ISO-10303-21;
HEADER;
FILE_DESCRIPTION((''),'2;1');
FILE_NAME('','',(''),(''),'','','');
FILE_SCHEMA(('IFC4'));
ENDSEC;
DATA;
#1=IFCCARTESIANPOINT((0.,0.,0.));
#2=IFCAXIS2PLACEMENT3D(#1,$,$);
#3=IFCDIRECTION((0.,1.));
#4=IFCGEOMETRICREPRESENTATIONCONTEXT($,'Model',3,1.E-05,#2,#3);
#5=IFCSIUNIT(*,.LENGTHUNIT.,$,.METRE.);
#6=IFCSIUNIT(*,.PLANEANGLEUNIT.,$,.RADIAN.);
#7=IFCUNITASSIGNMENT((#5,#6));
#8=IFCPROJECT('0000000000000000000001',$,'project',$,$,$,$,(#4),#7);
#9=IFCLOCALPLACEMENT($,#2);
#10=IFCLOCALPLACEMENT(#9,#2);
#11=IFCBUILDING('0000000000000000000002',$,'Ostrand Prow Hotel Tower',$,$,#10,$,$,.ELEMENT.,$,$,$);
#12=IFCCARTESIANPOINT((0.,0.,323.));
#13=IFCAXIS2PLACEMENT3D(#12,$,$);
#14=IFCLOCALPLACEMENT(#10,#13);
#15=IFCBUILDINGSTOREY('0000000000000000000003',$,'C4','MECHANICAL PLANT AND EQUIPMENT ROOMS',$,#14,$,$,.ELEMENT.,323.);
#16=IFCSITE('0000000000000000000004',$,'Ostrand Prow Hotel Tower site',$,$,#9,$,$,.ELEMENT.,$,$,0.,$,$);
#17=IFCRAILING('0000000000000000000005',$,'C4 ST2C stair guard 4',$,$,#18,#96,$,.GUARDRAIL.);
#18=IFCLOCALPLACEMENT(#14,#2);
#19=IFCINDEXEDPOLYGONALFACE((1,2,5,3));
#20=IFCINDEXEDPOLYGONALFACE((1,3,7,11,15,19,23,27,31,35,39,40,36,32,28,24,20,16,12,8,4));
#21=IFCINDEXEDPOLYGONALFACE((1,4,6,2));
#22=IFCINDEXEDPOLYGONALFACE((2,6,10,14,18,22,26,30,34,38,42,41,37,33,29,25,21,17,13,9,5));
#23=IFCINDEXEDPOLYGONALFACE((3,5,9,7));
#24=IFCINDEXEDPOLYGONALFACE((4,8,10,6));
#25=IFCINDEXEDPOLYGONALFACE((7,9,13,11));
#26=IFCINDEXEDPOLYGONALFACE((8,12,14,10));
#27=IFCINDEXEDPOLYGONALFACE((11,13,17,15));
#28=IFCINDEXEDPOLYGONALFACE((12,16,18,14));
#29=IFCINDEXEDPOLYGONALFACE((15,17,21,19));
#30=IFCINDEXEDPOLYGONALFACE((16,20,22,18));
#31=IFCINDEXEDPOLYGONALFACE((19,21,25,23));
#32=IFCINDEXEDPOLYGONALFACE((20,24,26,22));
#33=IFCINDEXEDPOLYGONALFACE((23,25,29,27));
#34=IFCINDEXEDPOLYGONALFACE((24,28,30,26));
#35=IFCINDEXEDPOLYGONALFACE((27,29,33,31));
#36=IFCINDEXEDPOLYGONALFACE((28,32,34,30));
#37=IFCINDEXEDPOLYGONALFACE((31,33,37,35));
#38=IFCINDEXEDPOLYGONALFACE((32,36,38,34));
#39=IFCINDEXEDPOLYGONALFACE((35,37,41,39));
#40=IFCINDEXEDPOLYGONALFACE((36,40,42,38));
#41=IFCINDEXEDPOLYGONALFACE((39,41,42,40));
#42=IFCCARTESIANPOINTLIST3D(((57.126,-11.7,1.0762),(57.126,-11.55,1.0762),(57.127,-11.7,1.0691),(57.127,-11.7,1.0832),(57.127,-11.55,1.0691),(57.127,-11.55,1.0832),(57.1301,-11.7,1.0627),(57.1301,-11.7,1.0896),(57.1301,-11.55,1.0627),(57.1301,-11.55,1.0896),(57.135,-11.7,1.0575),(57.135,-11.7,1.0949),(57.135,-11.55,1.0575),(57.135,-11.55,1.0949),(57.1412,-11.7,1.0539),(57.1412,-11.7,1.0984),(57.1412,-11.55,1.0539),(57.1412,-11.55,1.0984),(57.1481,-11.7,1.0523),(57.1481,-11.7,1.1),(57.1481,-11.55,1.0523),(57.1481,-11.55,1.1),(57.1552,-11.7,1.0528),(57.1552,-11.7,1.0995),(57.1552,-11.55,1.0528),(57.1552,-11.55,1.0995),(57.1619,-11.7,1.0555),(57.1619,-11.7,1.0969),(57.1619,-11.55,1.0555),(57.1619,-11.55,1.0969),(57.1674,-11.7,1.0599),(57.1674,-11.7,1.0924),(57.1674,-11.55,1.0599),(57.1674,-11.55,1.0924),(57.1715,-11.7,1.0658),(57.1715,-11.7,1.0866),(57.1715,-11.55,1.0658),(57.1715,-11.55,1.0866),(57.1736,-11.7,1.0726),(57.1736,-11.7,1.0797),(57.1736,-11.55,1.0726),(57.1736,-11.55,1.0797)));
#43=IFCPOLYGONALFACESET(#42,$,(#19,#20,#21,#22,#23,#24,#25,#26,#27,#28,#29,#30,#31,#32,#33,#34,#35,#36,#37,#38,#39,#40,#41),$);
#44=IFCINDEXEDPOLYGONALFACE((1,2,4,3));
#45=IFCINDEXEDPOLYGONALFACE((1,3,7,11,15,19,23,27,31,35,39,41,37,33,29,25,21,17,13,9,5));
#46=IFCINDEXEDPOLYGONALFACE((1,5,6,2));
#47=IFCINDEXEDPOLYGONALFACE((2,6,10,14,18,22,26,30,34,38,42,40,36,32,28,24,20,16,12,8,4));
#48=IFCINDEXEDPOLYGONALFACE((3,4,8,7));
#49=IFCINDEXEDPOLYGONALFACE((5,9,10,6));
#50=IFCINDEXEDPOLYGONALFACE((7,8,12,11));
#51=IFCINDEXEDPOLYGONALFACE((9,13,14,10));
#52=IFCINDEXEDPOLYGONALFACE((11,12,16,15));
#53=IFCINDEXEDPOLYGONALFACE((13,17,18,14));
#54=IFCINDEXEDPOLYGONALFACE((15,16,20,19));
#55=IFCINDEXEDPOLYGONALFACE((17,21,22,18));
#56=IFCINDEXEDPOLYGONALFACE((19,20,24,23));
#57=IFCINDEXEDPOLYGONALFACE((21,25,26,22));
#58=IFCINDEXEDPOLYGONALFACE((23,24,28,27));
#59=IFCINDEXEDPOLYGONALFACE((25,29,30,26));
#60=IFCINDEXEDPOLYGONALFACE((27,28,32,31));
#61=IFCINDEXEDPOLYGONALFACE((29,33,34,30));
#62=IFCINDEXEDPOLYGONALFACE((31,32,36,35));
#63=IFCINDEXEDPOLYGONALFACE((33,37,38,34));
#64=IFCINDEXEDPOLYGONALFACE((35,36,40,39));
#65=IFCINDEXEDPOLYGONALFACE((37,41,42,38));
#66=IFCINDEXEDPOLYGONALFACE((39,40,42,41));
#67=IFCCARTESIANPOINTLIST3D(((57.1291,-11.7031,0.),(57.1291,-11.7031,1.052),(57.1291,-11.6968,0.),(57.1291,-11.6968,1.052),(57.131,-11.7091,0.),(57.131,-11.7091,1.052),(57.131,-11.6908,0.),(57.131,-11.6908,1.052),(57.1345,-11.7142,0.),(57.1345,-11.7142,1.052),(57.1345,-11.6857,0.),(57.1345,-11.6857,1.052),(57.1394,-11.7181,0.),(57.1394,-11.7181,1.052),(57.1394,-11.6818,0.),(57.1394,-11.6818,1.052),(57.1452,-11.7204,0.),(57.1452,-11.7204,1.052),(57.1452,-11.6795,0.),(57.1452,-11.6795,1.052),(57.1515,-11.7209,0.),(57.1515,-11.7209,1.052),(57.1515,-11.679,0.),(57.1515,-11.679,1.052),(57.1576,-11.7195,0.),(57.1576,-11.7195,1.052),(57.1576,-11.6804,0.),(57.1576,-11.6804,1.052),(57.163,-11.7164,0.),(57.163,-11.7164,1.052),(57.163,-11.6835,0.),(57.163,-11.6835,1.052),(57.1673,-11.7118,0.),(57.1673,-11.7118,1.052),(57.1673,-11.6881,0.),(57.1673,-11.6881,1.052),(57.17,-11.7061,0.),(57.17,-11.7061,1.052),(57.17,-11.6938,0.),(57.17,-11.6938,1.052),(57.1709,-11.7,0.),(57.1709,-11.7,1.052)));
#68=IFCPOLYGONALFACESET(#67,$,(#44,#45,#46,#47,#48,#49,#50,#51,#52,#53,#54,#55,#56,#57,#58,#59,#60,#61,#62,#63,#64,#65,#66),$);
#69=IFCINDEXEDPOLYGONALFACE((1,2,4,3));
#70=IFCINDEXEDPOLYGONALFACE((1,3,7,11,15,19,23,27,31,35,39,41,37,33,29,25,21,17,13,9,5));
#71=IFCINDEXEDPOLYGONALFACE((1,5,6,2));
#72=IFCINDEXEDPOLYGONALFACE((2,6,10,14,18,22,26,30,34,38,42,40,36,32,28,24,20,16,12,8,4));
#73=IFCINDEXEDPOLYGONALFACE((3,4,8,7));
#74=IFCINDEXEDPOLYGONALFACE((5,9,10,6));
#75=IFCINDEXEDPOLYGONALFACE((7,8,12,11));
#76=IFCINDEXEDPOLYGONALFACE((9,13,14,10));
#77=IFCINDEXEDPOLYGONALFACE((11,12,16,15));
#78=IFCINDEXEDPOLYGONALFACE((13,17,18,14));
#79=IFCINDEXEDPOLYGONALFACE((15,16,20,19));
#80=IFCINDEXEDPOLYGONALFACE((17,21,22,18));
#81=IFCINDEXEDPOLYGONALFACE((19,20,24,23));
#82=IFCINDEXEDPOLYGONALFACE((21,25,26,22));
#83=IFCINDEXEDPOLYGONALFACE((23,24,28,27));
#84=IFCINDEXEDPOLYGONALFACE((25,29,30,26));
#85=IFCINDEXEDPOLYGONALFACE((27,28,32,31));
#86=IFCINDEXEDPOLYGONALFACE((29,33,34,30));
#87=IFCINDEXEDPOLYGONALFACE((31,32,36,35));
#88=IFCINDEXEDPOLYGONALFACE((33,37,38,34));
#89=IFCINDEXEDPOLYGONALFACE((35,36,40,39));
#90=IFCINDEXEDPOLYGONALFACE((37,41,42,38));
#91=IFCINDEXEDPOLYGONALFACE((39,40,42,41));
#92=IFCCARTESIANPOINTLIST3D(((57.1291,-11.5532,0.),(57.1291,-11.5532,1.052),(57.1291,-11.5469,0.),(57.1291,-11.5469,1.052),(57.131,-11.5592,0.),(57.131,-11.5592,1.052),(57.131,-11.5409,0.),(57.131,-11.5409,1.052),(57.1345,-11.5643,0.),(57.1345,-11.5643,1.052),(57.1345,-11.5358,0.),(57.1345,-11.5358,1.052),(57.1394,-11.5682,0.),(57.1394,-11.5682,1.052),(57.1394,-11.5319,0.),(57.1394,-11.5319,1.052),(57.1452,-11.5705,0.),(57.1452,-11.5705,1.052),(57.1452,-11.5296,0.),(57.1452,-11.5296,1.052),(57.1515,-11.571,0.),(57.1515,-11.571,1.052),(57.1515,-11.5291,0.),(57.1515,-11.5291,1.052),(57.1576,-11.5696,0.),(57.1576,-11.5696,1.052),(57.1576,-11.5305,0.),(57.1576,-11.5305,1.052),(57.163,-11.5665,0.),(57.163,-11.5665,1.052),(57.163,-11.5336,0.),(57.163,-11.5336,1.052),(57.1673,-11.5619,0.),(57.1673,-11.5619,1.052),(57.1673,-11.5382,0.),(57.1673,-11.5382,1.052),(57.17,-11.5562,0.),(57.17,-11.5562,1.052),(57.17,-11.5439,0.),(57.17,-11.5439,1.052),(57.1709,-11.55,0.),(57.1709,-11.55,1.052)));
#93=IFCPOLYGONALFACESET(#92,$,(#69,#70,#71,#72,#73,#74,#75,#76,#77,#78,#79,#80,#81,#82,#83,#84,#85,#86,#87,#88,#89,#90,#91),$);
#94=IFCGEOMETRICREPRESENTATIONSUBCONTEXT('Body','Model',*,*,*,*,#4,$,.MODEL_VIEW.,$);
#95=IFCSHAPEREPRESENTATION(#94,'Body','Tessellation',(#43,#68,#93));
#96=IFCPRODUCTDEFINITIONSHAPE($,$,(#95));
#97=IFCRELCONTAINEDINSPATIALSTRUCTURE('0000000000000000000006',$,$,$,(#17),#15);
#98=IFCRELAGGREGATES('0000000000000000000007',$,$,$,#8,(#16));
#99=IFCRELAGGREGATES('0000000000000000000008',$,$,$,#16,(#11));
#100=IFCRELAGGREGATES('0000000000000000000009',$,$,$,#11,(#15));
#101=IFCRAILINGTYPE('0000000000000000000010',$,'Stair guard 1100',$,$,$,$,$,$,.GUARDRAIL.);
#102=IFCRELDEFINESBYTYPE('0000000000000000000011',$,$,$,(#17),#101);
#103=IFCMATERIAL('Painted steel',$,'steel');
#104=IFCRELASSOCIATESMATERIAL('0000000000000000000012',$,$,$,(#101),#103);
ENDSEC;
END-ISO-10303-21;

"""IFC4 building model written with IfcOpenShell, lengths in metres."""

from ifc_helpers import new_model, si_unit, direction, frame, origin, origin_2d, place, context, subcontext, project, spatial, circle, extrude, material, type_object, element, save


model = new_model("IFC4")

# Units and contexts
model_context = context("Model", 3, precision=1e-05, world=origin(), true_north=direction((0.0, 1.0)))
body_context = subcontext(model_context, "Body", "Model", "MODEL_VIEW")
ifc_project = project(units=[si_unit("LENGTHUNIT", "METRE"), si_unit("PLANEANGLEUNIT", "RADIAN")], contexts=[model_context])

# Site, building, storey
site_placement = place(None, origin())
site = spatial("IfcSite", under=ifc_project, at=site_placement, Name="Ostrand Prow Hotel Tower site", CompositionType="ELEMENT", RefElevation=0.0)
building_placement = place(site_placement, origin())
building = spatial("IfcBuilding", under=site, at=building_placement, Name="Ostrand Prow Hotel Tower", CompositionType="ELEMENT")
storey_placement = place(building_placement, frame((0.0, 0.0, 323.0)))
storey = spatial("IfcBuildingStorey", under=building, at=storey_placement, Name="C4", Description="MECHANICAL PLANT AND EQUIPMENT ROOMS", CompositionType="ELEMENT", Elevation=323.0)

# Railing
ifc_material_1 = material(Name="Painted steel", Category="steel")
railing_type_1 = type_object("IfcRailingType", Name="Stair guard 1100", PredefinedType="GUARDRAIL", material=ifc_material_1)
railing_1_placement = place(storey_placement, frame((57.1499, -11.7, 0.0)))
element("IfcRailing", 1, at=railing_1_placement, inside=storey, type_object=railing_type_1, Name="C4 ST2C stair guard 4", PredefinedType="GUARDRAIL", context=body_context, shape_type="SweptSolid", body=[
    extrude(circle(Radius=0.0239, at=origin_2d()), frame((0.0, 0.0, 1.0762), z_axis=(0.0, 1.0, 0.0), x_axis=(-1.0, 0.0, 0.0)), (0.0, 0.0, 1.0), 0.1499),
    extrude(circle(Radius=0.021, at=origin_2d()), origin(), (0.0, 0.0, 1.0), 1.052),
    extrude(circle(Radius=0.021, at=origin_2d()), frame((0.0, 0.1499, 0.0)), (0.0, 0.0, 1.0), 1.052),
])

save(model, "model.ifc")
